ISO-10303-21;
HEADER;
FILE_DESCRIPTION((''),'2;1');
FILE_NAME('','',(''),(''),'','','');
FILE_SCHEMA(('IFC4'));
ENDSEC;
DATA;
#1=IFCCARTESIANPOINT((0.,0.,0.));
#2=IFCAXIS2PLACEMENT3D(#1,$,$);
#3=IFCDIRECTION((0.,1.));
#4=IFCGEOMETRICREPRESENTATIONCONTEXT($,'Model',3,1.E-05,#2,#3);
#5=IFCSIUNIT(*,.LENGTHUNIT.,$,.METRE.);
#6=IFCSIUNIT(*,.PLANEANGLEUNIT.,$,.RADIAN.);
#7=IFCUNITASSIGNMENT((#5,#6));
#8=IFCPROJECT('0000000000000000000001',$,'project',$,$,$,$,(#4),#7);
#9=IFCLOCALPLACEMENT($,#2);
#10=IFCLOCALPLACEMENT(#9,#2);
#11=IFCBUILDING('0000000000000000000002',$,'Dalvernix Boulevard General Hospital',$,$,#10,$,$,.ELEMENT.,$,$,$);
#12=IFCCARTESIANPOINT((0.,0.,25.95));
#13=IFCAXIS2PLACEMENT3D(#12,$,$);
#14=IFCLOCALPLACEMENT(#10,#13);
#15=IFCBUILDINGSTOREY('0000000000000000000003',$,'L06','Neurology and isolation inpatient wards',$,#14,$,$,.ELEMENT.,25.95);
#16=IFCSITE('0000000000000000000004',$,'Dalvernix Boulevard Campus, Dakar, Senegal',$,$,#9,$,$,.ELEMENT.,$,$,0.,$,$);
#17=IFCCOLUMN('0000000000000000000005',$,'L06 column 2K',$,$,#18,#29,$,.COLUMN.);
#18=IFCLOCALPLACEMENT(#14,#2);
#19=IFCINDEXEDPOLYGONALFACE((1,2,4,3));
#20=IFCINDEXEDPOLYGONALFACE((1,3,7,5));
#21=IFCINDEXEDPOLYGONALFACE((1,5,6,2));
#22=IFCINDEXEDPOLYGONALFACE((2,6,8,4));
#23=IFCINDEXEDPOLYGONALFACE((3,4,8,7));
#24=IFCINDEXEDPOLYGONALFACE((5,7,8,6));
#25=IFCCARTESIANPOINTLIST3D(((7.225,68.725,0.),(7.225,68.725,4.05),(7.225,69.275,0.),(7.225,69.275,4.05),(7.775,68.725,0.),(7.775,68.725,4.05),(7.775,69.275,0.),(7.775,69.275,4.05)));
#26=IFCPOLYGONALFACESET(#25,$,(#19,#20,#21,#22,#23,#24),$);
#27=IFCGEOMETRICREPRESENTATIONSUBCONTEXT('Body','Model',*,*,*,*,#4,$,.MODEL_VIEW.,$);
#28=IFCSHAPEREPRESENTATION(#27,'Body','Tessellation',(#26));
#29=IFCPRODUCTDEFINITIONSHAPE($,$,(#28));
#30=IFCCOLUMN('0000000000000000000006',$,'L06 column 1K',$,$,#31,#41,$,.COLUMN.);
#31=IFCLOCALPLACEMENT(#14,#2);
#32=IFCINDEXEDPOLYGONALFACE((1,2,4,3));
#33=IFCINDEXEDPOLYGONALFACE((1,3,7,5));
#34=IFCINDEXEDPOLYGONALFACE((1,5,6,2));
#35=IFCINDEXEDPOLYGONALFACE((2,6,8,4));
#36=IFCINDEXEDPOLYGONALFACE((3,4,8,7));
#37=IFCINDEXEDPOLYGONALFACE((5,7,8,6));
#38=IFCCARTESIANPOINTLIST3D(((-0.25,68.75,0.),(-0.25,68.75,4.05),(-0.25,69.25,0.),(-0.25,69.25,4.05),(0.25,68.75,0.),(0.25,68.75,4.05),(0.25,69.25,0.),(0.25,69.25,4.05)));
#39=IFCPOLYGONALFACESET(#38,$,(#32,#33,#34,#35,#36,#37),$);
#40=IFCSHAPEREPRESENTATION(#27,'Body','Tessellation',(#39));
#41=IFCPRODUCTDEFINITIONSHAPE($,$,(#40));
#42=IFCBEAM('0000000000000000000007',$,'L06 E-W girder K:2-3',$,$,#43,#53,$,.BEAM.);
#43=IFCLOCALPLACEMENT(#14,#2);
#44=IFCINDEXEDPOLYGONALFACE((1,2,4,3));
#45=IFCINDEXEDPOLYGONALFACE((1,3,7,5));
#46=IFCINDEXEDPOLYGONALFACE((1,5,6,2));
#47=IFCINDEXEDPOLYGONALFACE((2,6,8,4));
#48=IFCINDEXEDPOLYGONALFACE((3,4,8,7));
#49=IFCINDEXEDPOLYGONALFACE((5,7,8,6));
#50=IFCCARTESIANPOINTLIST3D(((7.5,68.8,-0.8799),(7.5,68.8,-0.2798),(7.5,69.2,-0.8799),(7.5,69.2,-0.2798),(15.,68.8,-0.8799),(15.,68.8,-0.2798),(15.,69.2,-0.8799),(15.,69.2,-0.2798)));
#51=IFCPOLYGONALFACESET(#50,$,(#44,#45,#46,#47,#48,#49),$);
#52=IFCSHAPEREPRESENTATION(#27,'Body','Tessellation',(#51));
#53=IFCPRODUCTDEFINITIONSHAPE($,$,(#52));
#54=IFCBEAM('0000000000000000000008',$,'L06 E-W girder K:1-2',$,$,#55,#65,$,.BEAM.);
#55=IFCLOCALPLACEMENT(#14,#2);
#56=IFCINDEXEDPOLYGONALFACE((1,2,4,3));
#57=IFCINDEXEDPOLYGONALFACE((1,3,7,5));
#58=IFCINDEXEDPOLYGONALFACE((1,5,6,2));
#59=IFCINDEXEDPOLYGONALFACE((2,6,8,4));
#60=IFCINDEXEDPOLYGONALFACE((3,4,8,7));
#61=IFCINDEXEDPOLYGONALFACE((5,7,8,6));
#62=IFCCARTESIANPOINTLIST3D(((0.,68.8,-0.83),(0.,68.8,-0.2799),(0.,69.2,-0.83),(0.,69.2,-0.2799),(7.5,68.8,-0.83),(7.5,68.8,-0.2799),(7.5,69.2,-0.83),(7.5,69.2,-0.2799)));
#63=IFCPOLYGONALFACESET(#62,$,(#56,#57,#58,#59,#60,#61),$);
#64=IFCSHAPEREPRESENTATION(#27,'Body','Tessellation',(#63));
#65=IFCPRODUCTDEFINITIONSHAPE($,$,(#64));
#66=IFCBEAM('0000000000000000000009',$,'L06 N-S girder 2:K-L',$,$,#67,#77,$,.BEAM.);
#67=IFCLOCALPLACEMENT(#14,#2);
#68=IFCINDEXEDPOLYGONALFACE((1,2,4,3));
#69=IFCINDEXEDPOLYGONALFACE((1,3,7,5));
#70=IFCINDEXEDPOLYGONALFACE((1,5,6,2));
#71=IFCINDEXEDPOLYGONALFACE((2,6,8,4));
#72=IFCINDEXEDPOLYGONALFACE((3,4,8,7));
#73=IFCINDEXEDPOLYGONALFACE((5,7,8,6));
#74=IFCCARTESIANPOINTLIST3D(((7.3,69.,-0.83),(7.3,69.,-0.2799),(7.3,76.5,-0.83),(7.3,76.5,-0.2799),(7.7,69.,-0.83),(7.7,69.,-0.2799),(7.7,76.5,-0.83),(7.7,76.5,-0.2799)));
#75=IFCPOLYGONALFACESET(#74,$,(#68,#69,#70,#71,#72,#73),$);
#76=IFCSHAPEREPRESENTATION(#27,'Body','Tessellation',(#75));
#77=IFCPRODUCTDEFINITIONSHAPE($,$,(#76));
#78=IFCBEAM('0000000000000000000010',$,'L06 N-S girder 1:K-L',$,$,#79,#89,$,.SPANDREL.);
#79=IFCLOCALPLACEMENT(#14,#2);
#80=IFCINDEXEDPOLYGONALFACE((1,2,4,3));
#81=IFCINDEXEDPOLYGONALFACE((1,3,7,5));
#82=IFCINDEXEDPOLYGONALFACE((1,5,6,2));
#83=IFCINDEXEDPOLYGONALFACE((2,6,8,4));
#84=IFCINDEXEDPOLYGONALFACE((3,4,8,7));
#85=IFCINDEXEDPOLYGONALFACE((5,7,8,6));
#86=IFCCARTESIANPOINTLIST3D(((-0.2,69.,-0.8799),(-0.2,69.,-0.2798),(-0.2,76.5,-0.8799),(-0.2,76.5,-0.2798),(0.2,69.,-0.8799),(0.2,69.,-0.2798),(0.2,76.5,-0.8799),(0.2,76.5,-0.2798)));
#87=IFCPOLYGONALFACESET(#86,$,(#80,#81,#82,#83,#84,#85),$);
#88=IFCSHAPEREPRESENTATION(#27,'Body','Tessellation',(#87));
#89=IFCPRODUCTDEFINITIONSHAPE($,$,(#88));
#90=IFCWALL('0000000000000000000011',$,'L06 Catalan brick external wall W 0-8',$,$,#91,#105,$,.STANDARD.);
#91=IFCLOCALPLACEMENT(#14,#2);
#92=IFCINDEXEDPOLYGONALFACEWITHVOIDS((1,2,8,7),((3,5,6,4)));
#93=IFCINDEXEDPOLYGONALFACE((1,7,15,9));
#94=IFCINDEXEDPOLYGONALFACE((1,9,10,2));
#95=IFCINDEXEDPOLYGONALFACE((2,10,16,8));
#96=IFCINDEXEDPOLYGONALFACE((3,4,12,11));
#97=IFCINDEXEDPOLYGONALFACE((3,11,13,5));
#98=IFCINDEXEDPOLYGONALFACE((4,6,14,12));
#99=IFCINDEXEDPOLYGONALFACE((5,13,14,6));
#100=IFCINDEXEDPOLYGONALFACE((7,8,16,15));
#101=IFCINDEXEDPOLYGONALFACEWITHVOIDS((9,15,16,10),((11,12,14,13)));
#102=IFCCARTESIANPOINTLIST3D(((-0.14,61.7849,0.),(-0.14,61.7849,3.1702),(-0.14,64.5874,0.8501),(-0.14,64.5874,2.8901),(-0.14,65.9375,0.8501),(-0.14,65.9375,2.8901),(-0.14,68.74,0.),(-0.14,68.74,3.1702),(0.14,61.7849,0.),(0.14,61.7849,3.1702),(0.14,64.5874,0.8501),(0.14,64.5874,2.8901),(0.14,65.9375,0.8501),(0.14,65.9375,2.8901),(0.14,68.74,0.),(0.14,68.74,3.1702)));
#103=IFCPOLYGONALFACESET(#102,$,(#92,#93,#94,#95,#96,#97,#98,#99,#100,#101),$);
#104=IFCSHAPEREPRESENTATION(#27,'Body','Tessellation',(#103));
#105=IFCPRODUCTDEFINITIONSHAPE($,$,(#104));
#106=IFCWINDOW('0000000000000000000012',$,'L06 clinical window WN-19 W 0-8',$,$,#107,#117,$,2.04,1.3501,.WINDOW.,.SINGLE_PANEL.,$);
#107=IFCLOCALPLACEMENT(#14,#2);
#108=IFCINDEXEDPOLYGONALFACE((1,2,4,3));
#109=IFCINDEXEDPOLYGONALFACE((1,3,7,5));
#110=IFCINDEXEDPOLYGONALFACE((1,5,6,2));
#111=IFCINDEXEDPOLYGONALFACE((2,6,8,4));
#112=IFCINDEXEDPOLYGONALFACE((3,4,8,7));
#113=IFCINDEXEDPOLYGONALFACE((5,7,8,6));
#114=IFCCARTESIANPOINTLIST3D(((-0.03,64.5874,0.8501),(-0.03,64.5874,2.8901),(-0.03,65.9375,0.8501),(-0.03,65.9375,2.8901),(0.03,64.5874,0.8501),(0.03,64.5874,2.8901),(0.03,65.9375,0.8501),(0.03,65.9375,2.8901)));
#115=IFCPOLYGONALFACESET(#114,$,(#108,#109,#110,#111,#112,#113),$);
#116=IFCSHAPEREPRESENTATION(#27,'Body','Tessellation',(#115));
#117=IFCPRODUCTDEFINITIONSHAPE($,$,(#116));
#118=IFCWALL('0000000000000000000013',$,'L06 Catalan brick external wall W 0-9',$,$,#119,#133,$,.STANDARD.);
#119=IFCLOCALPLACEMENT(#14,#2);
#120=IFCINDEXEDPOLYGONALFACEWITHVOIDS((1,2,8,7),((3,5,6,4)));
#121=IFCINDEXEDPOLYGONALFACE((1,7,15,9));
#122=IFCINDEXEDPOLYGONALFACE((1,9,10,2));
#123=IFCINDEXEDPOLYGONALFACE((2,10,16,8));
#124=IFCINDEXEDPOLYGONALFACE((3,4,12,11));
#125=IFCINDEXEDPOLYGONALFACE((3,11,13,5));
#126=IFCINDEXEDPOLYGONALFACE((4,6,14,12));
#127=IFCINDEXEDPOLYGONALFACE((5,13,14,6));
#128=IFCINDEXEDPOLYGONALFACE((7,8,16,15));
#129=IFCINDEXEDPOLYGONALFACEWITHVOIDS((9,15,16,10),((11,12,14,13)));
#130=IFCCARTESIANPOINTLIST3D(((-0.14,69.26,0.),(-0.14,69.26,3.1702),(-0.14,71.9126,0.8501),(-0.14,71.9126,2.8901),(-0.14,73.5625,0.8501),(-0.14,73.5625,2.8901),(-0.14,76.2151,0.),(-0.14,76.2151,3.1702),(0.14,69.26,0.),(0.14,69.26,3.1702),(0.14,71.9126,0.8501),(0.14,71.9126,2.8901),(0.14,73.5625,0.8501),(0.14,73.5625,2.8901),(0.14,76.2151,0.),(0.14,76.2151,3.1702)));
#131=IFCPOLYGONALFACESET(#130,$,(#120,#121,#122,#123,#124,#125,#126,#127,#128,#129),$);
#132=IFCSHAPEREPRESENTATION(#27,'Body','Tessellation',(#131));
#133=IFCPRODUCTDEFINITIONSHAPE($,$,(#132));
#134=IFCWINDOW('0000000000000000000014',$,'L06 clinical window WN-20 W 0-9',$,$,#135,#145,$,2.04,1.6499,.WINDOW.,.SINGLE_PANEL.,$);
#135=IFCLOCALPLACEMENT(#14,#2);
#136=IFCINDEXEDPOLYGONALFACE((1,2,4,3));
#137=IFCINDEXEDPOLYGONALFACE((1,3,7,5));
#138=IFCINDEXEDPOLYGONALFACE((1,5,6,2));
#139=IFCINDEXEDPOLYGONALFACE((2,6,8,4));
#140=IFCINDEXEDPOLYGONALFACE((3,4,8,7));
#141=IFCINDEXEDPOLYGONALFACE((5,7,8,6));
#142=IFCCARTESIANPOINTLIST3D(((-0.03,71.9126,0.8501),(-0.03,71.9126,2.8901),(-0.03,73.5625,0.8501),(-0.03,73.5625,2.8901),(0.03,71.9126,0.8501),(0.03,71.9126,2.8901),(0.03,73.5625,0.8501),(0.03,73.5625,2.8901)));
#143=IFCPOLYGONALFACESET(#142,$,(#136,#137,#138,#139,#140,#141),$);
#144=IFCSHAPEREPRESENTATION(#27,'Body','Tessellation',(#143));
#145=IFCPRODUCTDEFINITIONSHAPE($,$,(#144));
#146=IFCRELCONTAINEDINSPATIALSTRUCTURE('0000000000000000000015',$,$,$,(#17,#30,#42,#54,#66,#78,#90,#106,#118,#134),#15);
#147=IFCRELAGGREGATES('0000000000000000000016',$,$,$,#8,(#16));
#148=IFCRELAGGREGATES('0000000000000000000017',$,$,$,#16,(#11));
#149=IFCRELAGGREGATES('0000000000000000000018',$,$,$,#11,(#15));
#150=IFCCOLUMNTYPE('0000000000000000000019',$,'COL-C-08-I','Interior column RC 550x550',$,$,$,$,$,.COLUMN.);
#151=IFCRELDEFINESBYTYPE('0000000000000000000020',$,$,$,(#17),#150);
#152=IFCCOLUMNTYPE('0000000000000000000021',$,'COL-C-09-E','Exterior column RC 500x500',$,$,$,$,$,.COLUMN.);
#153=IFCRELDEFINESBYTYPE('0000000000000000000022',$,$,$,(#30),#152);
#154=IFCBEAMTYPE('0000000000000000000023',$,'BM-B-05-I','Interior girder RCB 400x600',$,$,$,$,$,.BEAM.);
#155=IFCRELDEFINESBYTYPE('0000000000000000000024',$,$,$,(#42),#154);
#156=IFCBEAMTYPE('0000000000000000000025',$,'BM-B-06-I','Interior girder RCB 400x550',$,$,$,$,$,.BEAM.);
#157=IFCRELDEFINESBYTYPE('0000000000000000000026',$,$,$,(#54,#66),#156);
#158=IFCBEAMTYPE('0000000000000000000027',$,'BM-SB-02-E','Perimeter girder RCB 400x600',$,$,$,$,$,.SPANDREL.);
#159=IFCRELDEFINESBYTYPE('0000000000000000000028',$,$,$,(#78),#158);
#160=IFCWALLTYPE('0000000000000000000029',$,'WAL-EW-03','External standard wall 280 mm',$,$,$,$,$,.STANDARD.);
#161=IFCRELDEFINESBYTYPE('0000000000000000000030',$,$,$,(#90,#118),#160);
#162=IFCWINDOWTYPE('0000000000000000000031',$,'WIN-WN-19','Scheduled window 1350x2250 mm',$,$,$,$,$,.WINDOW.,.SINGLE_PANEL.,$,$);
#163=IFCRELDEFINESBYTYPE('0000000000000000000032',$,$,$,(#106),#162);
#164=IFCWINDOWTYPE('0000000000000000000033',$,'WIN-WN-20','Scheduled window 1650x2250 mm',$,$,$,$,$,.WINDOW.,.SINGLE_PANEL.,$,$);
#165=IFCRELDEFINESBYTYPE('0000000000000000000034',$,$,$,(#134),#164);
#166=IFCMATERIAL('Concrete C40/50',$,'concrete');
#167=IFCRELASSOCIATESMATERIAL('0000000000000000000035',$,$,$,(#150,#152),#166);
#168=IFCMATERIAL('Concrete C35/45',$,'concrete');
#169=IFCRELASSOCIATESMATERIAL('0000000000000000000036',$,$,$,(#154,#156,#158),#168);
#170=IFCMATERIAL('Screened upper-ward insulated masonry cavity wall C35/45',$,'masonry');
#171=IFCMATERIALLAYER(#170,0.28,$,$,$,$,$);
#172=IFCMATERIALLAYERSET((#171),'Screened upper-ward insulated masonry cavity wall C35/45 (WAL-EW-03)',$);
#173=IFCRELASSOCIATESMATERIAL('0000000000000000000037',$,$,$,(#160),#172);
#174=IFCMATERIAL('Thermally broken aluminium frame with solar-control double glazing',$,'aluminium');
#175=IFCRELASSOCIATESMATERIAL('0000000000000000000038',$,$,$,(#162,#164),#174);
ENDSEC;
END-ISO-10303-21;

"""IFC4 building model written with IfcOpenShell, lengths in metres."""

from ifc_helpers import new_model, si_unit, direction, frame, frame_2d, origin, origin_2d, place, context, subcontext, project, spatial, rectangle, extrude, material, layer, layer_set, material_profile, profile_set, type_object, element, fill, save


model = new_model("IFC4")

# Units and contexts
model_context = context("Model", 3, precision=1e-05, world=origin(), true_north=direction((0.0, 1.0)))
body_context = subcontext(model_context, "Body", "Model", "MODEL_VIEW")
ifc_project = project(units=[si_unit("LENGTHUNIT", "METRE"), si_unit("PLANEANGLEUNIT", "RADIAN")], contexts=[model_context])

# Site, building, storey
site_placement = place(None, origin())
site = spatial("IfcSite", under=ifc_project, at=site_placement, Name="Dalvernix Boulevard Campus, Dakar, Senegal", CompositionType="ELEMENT", RefElevation=0.0)
building_placement = place(site_placement, origin())
building = spatial("IfcBuilding", under=site, at=building_placement, Name="Dalvernix Boulevard General Hospital", CompositionType="ELEMENT")
storey_placement = place(building_placement, frame((0.0, 0.0, 25.95)))
storey = spatial("IfcBuildingStorey", under=building, at=storey_placement, Name="L06", Description="Neurology and isolation inpatient wards", CompositionType="ELEMENT", Elevation=25.95)

# Columns
ifc_material_1 = material(Name="Concrete C40/50", Category="concrete")
ifc_material_profile_1 = material_profile(ifc_material_1, rectangle(XDim=0.55, YDim=0.55, at=origin_2d()), Name="RC 550x550")
ifc_profile_set_1 = profile_set([ifc_material_profile_1], Name="Concrete C40/50")
column_type_1 = type_object("IfcColumnType", Name="COL-C-08-I", Description="Interior column RC 550x550", PredefinedType="COLUMN", material=ifc_profile_set_1)
column_1_placement = place(storey_placement, frame((7.5, 69.0, 0.0), z_axis=(0.0, 0.0, 1.0), x_axis=(1.0, 0.0, 0.0)))
element("IfcColumn", 1, at=column_1_placement, inside=storey, type_object=column_type_1, Name="L06 column 2K", PredefinedType="COLUMN", context=body_context, shape_type="SweptSolid", body=[
    extrude(rectangle(XDim=0.55, YDim=0.55, at=origin_2d()), origin(), (0.0, 0.0, 1.0), 4.05),
])
ifc_material_profile_2 = material_profile(ifc_material_1, rectangle(XDim=0.5, YDim=0.5, at=origin_2d()), Name="RC 500x500")
ifc_profile_set_2 = profile_set([ifc_material_profile_2], Name="Concrete C40/50")
column_type_2 = type_object("IfcColumnType", Name="COL-C-09-E", Description="Exterior column RC 500x500", PredefinedType="COLUMN", material=ifc_profile_set_2)
column_2_placement = place(storey_placement, frame((0.0, 69.0, 0.0), z_axis=(0.0, 0.0, 1.0), x_axis=(1.0, 0.0, 0.0)))
element("IfcColumn", 2, at=column_2_placement, inside=storey, type_object=column_type_2, Name="L06 column 1K", PredefinedType="COLUMN", context=body_context, shape_type="SweptSolid", body=[
    extrude(rectangle(XDim=0.5, YDim=0.5, at=origin_2d()), origin(), (0.0, 0.0, 1.0), 4.05),
])

# Beams
ifc_material_2 = material(Name="Concrete C35/45", Category="concrete")
ifc_material_profile_3 = material_profile(ifc_material_2, rectangle(XDim=0.3999, YDim=0.6001, at=origin_2d()), Name="RCB 400x600")
ifc_profile_set_3 = profile_set([ifc_material_profile_3], Name="Concrete C35/45")
beam_type_1 = type_object("IfcBeamType", Name="BM-B-05-I", Description="Interior girder RCB 400x600", PredefinedType="BEAM", material=ifc_profile_set_3)
beam_1_placement = place(storey_placement, frame((7.5, 69.0, -0.5798), z_axis=(1.0, 0.0, 0.0), x_axis=(0.0, 1.0, 0.0)))
element("IfcBeam", 3, at=beam_1_placement, inside=storey, type_object=beam_type_1, Name="L06 E-W girder K:2-3", PredefinedType="BEAM", context=body_context, shape_type="SweptSolid", body=[
    extrude(rectangle(XDim=0.3999, YDim=0.6001, at=origin_2d()), origin(), (0.0, 0.0, 1.0), 7.5),
])
ifc_material_profile_4 = material_profile(ifc_material_2, rectangle(XDim=0.3999, YDim=0.55, at=origin_2d()), Name="RCB 400x550")
ifc_profile_set_4 = profile_set([ifc_material_profile_4], Name="Concrete C35/45")
beam_type_2 = type_object("IfcBeamType", Name="BM-B-06-I", Description="Interior girder RCB 400x550", PredefinedType="BEAM", material=ifc_profile_set_4)
for number, where, z_axis, x_axis, name in (
    (4, (0.0, 69.0, -0.5549), (1.0, 0.0, 0.0), (0.0, 1.0, 0.0), "L06 E-W girder K:1-2"),
    (5, (7.5, 69.0, -0.5549), (0.0, 1.0, 0.0), (-1.0, 0.0, 0.0), "L06 N-S girder 2:K-L"),
):
    element("IfcBeam", number, at=place(storey_placement, frame(where, z_axis=z_axis, x_axis=x_axis)), inside=storey, type_object=beam_type_2, Name=name, PredefinedType="BEAM", context=body_context, shape_type="SweptSolid", body=[
        extrude(rectangle(XDim=0.3999, YDim=0.55, at=origin_2d()), origin(), (0.0, 0.0, 1.0), 7.5),
    ])
ifc_material_profile_5 = material_profile(ifc_material_2, rectangle(XDim=0.3999, YDim=0.6001, at=origin_2d()), Name="RCB 400x600")
ifc_profile_set_5 = profile_set([ifc_material_profile_5], Name="Concrete C35/45")
beam_type_3 = type_object("IfcBeamType", Name="BM-SB-02-E", Description="Perimeter girder RCB 400x600", PredefinedType="SPANDREL", material=ifc_profile_set_5)
beam_2_placement = place(storey_placement, frame((0.0, 69.0, -0.5798), z_axis=(0.0, 1.0, 0.0), x_axis=(-1.0, 0.0, 0.0)))
element("IfcBeam", 6, at=beam_2_placement, inside=storey, type_object=beam_type_3, Name="L06 N-S girder 1:K-L", PredefinedType="SPANDREL", context=body_context, shape_type="SweptSolid", body=[
    extrude(rectangle(XDim=0.3999, YDim=0.6001, at=origin_2d()), origin(), (0.0, 0.0, 1.0), 7.5),
])

# Walls, openings, windows
ifc_material_3 = material(Name="Screened upper-ward insulated masonry cavity wall C35/45", Category="masonry")
ifc_layer_1 = layer(ifc_material_3, 0.28)
ifc_layer_set_1 = layer_set([ifc_layer_1], Name="Screened upper-ward insulated masonry cavity wall C35/45 (WAL-EW-03)")
wall_type_1 = type_object("IfcWallType", Name="WAL-EW-03", Description="External standard wall 280 mm", PredefinedType="STANDARD", material=ifc_layer_set_1)
wall_1_placement = place(storey_placement, frame((0.0, 61.7849, 0.0), z_axis=(0.0, 0.0, 1.0), x_axis=(0.0, 1.0, 0.0)))
wall_1 = element("IfcWall", 7, at=wall_1_placement, inside=storey, type_object=wall_type_1, Name="L06 Catalan brick external wall W 0-8", PredefinedType="STANDARD", context=body_context, shape_type="SweptSolid", body=[
    extrude(rectangle(XDim=6.9551, YDim=0.28, at=frame_2d((3.4775, 0.0))), origin(), (0.0, 0.0, 1.0), 3.1702),
])
opening_1_placement = place(wall_1_placement, frame((2.8025, 0.0, 0.8501)))
opening_1 = element("IfcOpeningElement", 8, at=opening_1_placement, cuts=wall_1, PredefinedType="OPENING", context=body_context, shape_type="SweptSolid", body=[
    extrude(rectangle(XDim=1.3501, YDim=2.04, at=frame_2d((0.675, 1.02))), frame((0.0, 0.1499, 0.0), z_axis=(0.0, -1.0, 0.0), x_axis=(1.0, 0.0, 0.0)), (0.0, 0.0, 1.0), 0.3),
])
ifc_material_4 = material(Name="Thermally broken aluminium frame with solar-control double glazing", Category="aluminium")
window_type_1 = type_object("IfcWindowType", Name="WIN-WN-19", Description="Scheduled window 1350x2250 mm", PartitioningType="SINGLE_PANEL", PredefinedType="WINDOW", material=ifc_material_4)
window_1_placement = place(opening_1_placement, origin())
window_1 = element("IfcWindow", 9, at=window_1_placement, inside=storey, type_object=window_type_1, Name="L06 clinical window WN-19 W 0-8", OverallHeight=2.04, OverallWidth=1.3501, PartitioningType="SINGLE_PANEL", PredefinedType="WINDOW", context=body_context, shape_type="SweptSolid", body=[
    extrude(rectangle(XDim=1.3501, YDim=2.04, at=frame_2d((0.675, 1.02))), frame((0.0, 0.03, 0.0), z_axis=(0.0, -1.0, 0.0), x_axis=(1.0, 0.0, 0.0)), (0.0, 0.0, 1.0), 0.0601),
])
fill(opening_1, window_1)
wall_2_placement = place(storey_placement, frame((0.0, 69.26, 0.0), z_axis=(0.0, 0.0, 1.0), x_axis=(0.0, 1.0, 0.0)))
wall_2 = element("IfcWall", 10, at=wall_2_placement, inside=storey, type_object=wall_type_1, Name="L06 Catalan brick external wall W 0-9", PredefinedType="STANDARD", context=body_context, shape_type="SweptSolid", body=[
    extrude(rectangle(XDim=6.9551, YDim=0.28, at=frame_2d((3.4775, 0.0))), origin(), (0.0, 0.0, 1.0), 3.1702),
])
opening_2_placement = place(wall_2_placement, frame((2.6526, 0.0, 0.8501)))
opening_2 = element("IfcOpeningElement", 11, at=opening_2_placement, cuts=wall_2, PredefinedType="OPENING", context=body_context, shape_type="SweptSolid", body=[
    extrude(rectangle(XDim=1.6499, YDim=2.04, at=frame_2d((0.825, 1.02))), frame((0.0, 0.1499, 0.0), z_axis=(0.0, -1.0, 0.0), x_axis=(1.0, 0.0, 0.0)), (0.0, 0.0, 1.0), 0.3),
])
window_type_2 = type_object("IfcWindowType", Name="WIN-WN-20", Description="Scheduled window 1650x2250 mm", PartitioningType="SINGLE_PANEL", PredefinedType="WINDOW", material=ifc_material_4)
window_2_placement = place(opening_2_placement, origin())
window_2 = element("IfcWindow", 12, at=window_2_placement, inside=storey, type_object=window_type_2, Name="L06 clinical window WN-20 W 0-9", OverallHeight=2.04, OverallWidth=1.6499, PartitioningType="SINGLE_PANEL", PredefinedType="WINDOW", context=body_context, shape_type="SweptSolid", body=[
    extrude(rectangle(XDim=1.6499, YDim=2.04, at=frame_2d((0.825, 1.02))), frame((0.0, 0.03, 0.0), z_axis=(0.0, -1.0, 0.0), x_axis=(1.0, 0.0, 0.0)), (0.0, 0.0, 1.0), 0.0601),
])
fill(opening_2, window_2)

save(model, "model.ifc")
